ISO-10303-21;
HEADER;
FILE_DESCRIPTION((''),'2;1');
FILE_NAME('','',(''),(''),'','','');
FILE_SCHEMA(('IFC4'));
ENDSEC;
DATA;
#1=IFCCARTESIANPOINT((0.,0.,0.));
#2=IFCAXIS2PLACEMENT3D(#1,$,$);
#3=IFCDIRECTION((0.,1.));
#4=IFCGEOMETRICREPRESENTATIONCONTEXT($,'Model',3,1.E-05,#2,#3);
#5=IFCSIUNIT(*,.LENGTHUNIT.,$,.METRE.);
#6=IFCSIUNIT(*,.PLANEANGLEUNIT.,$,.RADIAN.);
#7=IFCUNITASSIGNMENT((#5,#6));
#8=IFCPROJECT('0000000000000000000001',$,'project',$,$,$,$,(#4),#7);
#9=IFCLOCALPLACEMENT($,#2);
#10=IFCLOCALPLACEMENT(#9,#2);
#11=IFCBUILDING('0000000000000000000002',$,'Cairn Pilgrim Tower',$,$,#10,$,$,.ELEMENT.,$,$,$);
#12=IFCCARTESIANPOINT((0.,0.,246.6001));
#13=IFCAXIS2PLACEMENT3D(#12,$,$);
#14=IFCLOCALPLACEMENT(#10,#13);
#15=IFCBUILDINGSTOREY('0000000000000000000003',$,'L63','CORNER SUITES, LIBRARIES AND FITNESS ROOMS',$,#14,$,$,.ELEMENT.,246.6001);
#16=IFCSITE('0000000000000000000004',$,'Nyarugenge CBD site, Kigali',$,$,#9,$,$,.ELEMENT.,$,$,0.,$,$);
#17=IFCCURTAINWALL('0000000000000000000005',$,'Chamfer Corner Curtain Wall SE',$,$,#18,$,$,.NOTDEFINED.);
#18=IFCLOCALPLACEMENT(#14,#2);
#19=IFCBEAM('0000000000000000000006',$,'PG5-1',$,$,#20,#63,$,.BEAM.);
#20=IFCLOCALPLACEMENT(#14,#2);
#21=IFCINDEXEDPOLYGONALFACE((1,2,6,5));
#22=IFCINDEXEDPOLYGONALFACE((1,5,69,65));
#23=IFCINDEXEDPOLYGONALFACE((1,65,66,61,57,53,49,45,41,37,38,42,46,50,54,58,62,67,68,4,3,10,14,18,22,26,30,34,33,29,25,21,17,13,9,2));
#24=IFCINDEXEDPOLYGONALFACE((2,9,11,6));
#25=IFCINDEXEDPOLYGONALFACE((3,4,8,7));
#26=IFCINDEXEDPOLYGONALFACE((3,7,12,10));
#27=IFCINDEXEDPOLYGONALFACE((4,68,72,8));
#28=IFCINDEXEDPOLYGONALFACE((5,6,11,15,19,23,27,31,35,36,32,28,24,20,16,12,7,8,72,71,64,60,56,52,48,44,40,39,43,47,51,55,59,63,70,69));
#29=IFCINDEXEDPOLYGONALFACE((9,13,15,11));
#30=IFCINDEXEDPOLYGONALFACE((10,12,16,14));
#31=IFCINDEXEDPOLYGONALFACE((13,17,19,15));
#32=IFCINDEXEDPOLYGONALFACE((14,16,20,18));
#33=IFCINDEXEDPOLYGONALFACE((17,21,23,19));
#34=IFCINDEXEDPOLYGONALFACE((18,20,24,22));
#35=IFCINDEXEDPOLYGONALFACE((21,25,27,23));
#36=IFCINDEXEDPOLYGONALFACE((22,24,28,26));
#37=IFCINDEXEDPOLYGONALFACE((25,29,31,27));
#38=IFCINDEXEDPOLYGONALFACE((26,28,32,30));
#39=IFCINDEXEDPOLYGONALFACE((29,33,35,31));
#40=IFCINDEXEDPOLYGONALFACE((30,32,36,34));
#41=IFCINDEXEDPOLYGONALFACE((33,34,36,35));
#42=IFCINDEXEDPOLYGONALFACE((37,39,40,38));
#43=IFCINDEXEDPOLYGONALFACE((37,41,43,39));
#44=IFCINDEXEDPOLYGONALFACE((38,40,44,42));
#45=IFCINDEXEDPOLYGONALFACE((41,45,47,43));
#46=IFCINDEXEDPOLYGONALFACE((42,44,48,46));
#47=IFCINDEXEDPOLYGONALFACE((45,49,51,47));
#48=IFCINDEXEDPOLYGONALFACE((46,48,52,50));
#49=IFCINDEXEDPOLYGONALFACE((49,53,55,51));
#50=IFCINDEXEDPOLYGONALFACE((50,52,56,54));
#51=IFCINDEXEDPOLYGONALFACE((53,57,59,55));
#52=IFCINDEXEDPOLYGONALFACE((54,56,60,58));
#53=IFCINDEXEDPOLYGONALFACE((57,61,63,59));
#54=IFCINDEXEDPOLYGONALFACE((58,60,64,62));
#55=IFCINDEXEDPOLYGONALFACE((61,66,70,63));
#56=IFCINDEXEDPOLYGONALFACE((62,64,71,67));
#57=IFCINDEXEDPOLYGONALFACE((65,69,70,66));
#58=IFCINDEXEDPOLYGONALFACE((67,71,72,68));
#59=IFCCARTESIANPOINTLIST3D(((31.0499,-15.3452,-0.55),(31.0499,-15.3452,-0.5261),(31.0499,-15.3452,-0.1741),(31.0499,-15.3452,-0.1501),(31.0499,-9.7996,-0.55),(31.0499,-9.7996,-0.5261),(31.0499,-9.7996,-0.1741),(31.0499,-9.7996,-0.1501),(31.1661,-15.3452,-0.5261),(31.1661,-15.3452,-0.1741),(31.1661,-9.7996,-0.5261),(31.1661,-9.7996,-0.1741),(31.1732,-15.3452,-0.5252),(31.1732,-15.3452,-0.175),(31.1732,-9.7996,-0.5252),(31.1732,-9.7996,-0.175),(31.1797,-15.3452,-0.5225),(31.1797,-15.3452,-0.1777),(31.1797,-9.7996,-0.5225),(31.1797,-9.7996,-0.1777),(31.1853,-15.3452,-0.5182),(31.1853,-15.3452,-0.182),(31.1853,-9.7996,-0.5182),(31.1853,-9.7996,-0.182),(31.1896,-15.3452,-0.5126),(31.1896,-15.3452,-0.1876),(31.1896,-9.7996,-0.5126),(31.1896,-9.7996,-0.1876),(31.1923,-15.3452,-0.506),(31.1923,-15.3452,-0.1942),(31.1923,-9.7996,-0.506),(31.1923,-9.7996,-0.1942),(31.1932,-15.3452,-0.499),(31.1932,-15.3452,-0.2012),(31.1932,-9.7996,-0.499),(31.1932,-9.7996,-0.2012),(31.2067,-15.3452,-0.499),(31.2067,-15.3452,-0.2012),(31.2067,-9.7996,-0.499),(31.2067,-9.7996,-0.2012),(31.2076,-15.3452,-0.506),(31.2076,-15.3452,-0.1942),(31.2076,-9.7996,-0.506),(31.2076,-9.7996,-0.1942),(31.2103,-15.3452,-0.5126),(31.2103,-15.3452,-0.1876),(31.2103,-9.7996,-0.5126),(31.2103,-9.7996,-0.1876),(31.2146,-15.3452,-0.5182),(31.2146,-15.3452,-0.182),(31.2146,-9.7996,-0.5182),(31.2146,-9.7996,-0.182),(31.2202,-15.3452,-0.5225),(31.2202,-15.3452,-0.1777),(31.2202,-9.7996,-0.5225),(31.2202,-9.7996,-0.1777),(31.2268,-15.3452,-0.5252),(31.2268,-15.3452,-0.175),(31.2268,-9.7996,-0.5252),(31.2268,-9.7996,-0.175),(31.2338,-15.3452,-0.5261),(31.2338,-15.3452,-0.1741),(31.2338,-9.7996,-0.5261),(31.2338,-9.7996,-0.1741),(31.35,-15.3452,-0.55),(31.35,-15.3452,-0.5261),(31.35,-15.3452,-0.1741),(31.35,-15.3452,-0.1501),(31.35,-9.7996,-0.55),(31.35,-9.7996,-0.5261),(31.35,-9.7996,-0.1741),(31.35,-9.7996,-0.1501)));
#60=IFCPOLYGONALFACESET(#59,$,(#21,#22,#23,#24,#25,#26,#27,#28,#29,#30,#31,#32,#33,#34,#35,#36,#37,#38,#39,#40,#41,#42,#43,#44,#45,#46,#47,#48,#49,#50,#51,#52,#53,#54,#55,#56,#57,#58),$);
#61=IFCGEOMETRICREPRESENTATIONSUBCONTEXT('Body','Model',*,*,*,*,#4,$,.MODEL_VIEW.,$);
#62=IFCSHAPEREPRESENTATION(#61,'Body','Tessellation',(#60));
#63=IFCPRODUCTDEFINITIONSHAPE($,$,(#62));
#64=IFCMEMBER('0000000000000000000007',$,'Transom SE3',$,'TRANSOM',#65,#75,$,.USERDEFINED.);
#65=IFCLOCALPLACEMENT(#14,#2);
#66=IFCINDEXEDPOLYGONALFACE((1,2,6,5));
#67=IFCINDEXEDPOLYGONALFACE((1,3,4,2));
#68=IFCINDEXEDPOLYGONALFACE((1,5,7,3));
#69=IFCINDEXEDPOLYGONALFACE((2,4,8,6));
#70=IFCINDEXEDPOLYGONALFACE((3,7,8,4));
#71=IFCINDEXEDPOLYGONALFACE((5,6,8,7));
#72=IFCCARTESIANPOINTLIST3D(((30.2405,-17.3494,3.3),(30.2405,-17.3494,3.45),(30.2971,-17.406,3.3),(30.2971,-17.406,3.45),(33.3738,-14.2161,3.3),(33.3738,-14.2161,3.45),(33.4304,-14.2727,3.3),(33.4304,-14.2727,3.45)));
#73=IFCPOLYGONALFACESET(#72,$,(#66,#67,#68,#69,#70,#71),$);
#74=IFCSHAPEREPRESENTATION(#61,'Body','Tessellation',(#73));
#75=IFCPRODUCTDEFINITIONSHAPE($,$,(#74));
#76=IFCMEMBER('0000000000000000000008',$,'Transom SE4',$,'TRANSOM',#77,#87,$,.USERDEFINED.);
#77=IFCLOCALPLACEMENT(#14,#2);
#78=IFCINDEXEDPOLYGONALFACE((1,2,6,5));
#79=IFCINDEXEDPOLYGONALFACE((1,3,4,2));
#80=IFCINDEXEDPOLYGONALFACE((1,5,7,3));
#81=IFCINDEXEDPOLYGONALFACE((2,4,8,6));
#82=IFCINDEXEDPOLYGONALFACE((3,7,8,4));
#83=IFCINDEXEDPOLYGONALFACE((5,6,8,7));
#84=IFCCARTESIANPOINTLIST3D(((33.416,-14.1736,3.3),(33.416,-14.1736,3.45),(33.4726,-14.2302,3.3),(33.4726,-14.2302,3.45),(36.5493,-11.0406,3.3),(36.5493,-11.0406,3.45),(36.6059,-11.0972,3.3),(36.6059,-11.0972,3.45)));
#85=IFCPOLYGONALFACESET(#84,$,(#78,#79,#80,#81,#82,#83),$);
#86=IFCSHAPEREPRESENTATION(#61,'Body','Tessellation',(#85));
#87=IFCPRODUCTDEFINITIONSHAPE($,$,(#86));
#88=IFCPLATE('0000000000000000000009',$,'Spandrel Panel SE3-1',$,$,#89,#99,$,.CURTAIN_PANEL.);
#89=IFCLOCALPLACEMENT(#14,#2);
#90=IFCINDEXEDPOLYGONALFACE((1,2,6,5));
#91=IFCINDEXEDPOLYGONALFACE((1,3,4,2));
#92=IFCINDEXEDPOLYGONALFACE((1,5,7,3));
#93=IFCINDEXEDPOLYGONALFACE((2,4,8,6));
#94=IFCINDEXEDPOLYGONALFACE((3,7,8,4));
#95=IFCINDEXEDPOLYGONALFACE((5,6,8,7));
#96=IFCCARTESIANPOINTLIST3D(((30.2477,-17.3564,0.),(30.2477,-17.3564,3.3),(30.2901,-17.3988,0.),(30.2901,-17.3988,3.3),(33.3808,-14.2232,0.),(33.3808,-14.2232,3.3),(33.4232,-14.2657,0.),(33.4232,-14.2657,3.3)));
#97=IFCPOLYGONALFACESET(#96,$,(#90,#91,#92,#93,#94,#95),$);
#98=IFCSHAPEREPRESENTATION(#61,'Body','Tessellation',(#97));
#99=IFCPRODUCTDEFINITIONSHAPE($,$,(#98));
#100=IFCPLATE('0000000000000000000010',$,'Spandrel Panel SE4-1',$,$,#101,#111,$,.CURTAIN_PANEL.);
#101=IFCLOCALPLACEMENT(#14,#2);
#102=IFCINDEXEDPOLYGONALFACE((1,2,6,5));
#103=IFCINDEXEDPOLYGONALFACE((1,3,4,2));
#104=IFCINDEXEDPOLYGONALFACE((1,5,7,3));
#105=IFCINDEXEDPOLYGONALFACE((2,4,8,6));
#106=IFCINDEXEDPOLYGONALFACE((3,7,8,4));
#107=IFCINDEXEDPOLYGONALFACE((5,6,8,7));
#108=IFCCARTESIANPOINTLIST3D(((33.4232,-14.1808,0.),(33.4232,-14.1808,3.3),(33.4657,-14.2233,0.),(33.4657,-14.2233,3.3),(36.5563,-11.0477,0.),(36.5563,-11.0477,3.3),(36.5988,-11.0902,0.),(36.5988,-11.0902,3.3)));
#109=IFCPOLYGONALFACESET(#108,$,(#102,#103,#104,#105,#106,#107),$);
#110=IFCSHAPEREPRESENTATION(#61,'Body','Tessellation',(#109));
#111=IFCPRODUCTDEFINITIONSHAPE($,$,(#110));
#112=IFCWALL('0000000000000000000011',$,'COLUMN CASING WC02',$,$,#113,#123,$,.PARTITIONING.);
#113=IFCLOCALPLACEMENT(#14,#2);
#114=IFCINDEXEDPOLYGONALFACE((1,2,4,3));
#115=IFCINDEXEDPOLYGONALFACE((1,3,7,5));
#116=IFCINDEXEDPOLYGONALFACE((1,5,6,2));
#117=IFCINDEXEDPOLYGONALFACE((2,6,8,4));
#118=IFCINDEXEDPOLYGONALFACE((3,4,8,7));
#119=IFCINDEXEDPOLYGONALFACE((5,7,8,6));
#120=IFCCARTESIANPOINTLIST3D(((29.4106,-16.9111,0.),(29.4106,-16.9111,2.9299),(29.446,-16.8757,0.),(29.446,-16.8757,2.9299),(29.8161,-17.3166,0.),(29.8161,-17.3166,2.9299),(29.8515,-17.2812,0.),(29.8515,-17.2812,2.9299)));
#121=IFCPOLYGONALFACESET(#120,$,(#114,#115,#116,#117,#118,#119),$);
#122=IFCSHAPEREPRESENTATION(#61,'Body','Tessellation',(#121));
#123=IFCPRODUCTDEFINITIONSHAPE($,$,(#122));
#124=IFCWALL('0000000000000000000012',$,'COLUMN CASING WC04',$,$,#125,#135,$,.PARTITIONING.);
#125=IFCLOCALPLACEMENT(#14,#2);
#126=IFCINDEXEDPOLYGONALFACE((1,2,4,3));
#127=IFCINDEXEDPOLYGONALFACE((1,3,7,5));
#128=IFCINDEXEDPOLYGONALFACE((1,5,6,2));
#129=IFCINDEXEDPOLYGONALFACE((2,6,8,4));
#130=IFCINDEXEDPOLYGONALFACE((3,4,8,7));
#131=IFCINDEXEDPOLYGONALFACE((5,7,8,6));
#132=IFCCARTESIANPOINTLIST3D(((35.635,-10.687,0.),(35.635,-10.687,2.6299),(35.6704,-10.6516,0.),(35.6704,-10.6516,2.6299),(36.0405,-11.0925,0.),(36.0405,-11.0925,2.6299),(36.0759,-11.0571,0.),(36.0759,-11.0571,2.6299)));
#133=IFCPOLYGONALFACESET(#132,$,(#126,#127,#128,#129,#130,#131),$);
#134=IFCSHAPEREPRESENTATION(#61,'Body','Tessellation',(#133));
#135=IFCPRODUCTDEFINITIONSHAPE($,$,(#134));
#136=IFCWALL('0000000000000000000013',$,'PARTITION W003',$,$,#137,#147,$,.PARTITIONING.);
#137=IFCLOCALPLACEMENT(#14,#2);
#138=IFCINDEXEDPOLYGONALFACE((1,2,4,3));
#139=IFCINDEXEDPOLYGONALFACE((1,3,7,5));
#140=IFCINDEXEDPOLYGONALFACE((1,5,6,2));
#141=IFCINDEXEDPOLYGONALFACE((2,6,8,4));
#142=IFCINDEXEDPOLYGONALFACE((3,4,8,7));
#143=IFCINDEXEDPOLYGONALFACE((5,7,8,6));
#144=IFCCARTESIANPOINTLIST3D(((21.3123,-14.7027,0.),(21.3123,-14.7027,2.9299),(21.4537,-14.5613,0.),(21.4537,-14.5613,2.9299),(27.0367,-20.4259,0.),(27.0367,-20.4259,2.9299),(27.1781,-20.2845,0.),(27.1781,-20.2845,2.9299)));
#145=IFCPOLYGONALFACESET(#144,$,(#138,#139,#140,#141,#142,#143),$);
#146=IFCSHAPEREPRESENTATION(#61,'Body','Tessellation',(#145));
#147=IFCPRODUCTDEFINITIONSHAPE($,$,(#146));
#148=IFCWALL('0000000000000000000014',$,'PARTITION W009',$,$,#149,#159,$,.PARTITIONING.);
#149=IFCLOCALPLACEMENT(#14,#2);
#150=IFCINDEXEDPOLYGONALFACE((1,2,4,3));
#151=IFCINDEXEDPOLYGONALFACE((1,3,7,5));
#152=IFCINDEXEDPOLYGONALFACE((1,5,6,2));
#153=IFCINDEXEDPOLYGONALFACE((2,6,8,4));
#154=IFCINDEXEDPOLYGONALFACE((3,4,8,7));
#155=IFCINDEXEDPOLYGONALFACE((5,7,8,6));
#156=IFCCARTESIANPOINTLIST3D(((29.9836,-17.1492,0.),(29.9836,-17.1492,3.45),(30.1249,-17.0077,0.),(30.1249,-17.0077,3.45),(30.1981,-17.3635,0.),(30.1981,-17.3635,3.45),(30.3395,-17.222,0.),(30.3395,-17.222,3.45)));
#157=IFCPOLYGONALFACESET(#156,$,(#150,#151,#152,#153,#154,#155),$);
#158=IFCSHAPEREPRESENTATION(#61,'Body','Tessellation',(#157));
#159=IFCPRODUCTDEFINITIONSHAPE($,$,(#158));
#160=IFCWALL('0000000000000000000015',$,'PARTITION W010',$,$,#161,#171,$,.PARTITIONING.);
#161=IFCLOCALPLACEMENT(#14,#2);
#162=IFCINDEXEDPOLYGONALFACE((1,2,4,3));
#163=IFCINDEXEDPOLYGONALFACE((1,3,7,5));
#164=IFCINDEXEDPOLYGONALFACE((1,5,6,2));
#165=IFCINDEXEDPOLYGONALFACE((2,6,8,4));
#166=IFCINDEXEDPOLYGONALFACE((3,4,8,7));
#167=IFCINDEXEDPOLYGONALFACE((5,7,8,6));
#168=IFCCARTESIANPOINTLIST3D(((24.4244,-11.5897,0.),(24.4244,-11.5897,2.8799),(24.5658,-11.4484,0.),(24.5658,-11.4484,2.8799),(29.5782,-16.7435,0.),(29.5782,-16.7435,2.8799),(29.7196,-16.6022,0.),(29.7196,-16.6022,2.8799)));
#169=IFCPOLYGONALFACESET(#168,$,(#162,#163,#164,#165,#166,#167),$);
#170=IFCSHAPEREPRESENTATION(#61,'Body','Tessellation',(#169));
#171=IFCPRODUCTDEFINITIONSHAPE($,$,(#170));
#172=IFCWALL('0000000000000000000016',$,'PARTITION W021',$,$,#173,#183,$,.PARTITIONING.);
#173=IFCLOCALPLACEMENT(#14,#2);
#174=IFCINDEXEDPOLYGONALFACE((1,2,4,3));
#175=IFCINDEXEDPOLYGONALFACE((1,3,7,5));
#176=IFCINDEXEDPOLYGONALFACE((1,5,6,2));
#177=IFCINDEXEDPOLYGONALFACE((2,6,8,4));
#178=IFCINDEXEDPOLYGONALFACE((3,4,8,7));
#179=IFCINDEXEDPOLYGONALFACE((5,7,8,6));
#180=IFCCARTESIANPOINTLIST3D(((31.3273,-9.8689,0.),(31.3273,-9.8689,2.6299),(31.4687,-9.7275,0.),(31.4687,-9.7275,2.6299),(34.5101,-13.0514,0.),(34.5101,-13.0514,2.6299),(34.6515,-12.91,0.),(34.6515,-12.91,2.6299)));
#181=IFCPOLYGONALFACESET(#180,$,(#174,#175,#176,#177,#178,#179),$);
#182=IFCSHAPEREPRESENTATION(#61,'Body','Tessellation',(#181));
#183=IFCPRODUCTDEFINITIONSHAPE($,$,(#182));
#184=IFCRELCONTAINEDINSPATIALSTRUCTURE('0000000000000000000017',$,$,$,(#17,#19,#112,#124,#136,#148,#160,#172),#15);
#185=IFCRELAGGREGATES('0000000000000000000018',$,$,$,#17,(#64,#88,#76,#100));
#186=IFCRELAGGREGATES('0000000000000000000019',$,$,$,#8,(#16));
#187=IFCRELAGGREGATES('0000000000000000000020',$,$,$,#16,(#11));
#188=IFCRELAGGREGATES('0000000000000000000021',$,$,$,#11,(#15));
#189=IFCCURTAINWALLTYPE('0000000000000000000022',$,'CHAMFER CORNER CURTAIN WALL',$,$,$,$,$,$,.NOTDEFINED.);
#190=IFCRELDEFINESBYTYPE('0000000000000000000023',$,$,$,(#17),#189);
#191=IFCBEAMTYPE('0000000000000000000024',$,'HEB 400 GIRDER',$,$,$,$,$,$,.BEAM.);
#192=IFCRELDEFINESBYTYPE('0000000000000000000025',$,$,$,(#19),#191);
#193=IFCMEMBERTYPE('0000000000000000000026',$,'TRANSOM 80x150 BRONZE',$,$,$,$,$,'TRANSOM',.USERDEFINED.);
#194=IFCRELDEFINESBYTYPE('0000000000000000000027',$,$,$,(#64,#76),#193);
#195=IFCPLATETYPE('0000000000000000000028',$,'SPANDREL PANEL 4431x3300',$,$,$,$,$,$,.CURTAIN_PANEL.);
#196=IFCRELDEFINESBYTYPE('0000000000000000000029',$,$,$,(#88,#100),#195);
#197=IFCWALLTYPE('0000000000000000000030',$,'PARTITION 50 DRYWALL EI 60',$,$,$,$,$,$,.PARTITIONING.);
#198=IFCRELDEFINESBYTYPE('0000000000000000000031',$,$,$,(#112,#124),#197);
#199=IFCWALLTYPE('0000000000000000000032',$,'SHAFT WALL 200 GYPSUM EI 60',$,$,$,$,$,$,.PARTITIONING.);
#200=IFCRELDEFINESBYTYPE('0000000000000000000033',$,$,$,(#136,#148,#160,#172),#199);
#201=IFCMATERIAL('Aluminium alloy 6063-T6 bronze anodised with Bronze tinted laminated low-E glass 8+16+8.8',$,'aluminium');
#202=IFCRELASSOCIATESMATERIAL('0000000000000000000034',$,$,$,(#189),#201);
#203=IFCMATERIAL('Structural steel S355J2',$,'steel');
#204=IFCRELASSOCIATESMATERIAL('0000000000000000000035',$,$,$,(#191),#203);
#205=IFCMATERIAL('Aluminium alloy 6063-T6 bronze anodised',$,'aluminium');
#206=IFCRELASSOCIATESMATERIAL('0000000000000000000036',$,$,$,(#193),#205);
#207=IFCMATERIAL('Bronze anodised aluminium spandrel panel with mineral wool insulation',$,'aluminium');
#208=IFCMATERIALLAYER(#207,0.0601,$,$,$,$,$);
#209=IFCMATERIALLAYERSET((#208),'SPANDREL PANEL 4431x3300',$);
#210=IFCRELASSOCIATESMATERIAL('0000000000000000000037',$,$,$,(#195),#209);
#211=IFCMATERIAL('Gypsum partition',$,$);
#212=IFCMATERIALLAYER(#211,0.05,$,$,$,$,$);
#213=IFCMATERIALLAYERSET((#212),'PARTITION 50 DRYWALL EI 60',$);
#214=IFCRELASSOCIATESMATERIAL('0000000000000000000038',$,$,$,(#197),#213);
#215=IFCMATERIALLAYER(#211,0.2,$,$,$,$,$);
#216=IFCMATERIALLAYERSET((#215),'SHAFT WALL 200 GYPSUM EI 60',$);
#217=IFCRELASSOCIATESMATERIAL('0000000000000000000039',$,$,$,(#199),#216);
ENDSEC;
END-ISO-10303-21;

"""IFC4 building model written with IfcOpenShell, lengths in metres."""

from ifc_helpers import new_model, si_unit, direction, frame, frame_2d, origin, origin_2d, place, context, subcontext, project, spatial, rectangle, i_section, extrude, material, layer, layer_set, material_profile, profile_set, type_object, element, aggregate, save


model = new_model("IFC4")

# Units and contexts
model_context = context("Model", 3, precision=1e-05, world=origin(), true_north=direction((0.0, 1.0)))
body_context = subcontext(model_context, "Body", "Model", "MODEL_VIEW")
ifc_project = project(units=[si_unit("LENGTHUNIT", "METRE"), si_unit("PLANEANGLEUNIT", "RADIAN")], contexts=[model_context])

# Site, building, storey
site_placement = place(None, origin())
site = spatial("IfcSite", under=ifc_project, at=site_placement, Name="Nyarugenge CBD site, Kigali", CompositionType="ELEMENT", RefElevation=0.0)
building_placement = place(site_placement, origin())
building = spatial("IfcBuilding", under=site, at=building_placement, Name="Cairn Pilgrim Tower", CompositionType="ELEMENT")
storey_placement = place(building_placement, frame((0.0, 0.0, 246.6001)))
storey = spatial("IfcBuildingStorey", under=building, at=storey_placement, Name="L63", Description="CORNER SUITES, LIBRARIES AND FITNESS ROOMS", CompositionType="ELEMENT", Elevation=246.6001)

# Shared definitions
ifc_material_1 = material(Name="Structural steel S355J2", Category="steel")

# Curtain wall
ifc_material_2 = material(Name="Aluminium alloy 6063-T6 bronze anodised with Bronze tinted laminated low-E glass 8+16+8.8", Category="aluminium")
curtain_wall_type = type_object("IfcCurtainWallType", Name="CHAMFER CORNER CURTAIN WALL", PredefinedType="NOTDEFINED", material=ifc_material_2)
curtain_wall_placement = place(storey_placement, origin())
curtain_wall = element("IfcCurtainWall", 1, at=curtain_wall_placement, inside=storey, type_object=curtain_wall_type, Name="Chamfer Corner Curtain Wall SE", PredefinedType="NOTDEFINED")
ifc_material_3 = material(Name="Aluminium alloy 6063-T6 bronze anodised", Category="aluminium")

# Beam
ifc_material_profile_1 = material_profile(ifc_material_1, i_section(OverallWidth=0.3, OverallDepth=0.3999, WebThickness=0.0134, FlangeThickness=0.0239, FilletRadius=0.0271, at=origin_2d()), Name="HEB 400")
ifc_profile_set_1 = profile_set([ifc_material_profile_1], Name="Structural steel S355J2")
beam_type_1 = type_object("IfcBeamType", Name="HEB 400 GIRDER", PredefinedType="BEAM", material=ifc_profile_set_1)
beam_placement = place(storey_placement, frame((31.2, -15.3452, -0.3501), z_axis=(0.0, 1.0, 0.0), x_axis=(-1.0, 0.0, 0.0)))
element("IfcBeam", 2, at=beam_placement, inside=storey, type_object=beam_type_1, Name="PG5-1", PredefinedType="BEAM", context=body_context, shape_type="SweptSolid", body=[
    extrude(i_section(OverallWidth=0.3, OverallDepth=0.3999, WebThickness=0.0134, FlangeThickness=0.0239, FilletRadius=0.0271, at=origin_2d()), origin(), (0.0, 0.0, 1.0), 5.5457),
])

# Members
ifc_material_profile_2 = material_profile(ifc_material_3, rectangle(XDim=0.0801, YDim=0.1499, at=origin_2d()), Name="TRANSOM 80x150 BRONZE")
ifc_profile_set_2 = profile_set([ifc_material_profile_2], Name="Aluminium alloy 6063-T6 bronze anodised")
member_type_1 = type_object("IfcMemberType", Name="TRANSOM 80x150 BRONZE", ElementType="TRANSOM", PredefinedType="USERDEFINED", material=ifc_profile_set_2)
member_1_placement = place(storey_placement, frame((30.2688, -17.3777, 3.375), z_axis=(0.707107, 0.707107, 0.0), x_axis=(-0.707107, 0.707107, 0.0)))
member_1 = element("IfcMember", 3, at=member_1_placement, type_object=member_type_1, Name="Transom SE3", ObjectType="TRANSOM", PredefinedType="USERDEFINED", context=body_context, shape_type="SweptSolid", body=[
    extrude(rectangle(XDim=0.0801, YDim=0.1499, at=origin_2d()), origin(), (0.0, 0.0, 1.0), 4.4312),
])
member_2_placement = place(storey_placement, frame((33.4443, -14.2019, 3.375), z_axis=(0.707134, 0.707079, 0.0), x_axis=(-0.707079, 0.707134, 0.0)))
member_2 = element("IfcMember", 4, at=member_2_placement, type_object=member_type_1, Name="Transom SE4", ObjectType="TRANSOM", PredefinedType="USERDEFINED", context=body_context, shape_type="SweptSolid", body=[
    extrude(rectangle(XDim=0.0801, YDim=0.1499, at=origin_2d()), origin(), (0.0, 0.0, 1.0), 4.4309),
])

# Plates
ifc_material_4 = material(Name="Bronze anodised aluminium spandrel panel with mineral wool insulation", Category="aluminium")
ifc_layer_1 = layer(ifc_material_4, 0.0601)
ifc_layer_set_1 = layer_set([ifc_layer_1], Name="SPANDREL PANEL 4431x3300")
plate_type = type_object("IfcPlateType", Name="SPANDREL PANEL 4431x3300", PredefinedType="CURTAIN_PANEL", material=ifc_layer_set_1)
plate_1_placement = place(storey_placement, frame((31.8354, -15.811, 0.0), z_axis=(0.0, 0.0, 1.0), x_axis=(0.707107, 0.707107, 0.0)))
plate_1 = element("IfcPlate", 5, at=plate_1_placement, type_object=plate_type, Name="Spandrel Panel SE3-1", PredefinedType="CURTAIN_PANEL", context=body_context, shape_type="SweptSolid", body=[
    extrude(rectangle(XDim=4.4309, YDim=0.0601, at=origin_2d()), origin(), (0.0, 0.0, 1.0), 3.3),
])
plate_2_placement = place(storey_placement, frame((35.011, -12.6355, 0.0), z_axis=(0.0, 0.0, 1.0), x_axis=(0.707107, 0.707107, 0.0)))
plate_2 = element("IfcPlate", 6, at=plate_2_placement, type_object=plate_type, Name="Spandrel Panel SE4-1", PredefinedType="CURTAIN_PANEL", context=body_context, shape_type="SweptSolid", body=[
    extrude(rectangle(XDim=4.4309, YDim=0.0601, at=origin_2d()), origin(), (0.0, 0.0, 1.0), 3.3),
])
aggregate(curtain_wall, [member_1, plate_1, member_2, plate_2])

# Walls
ifc_material_5 = material(Name="Gypsum partition")
ifc_layer_2 = layer(ifc_material_5, 0.05)
ifc_layer_set_2 = layer_set([ifc_layer_2], Name="PARTITION 50 DRYWALL EI 60")
wall_type_1 = type_object("IfcWallType", Name="PARTITION 50 DRYWALL EI 60", PredefinedType="PARTITIONING", material=ifc_layer_set_2)
wall_1_placement = place(storey_placement, frame((29.8337, -17.2988, 0.0), z_axis=(0.0, 0.0, 1.0), x_axis=(-0.707107, 0.707107, 0.0)))
element("IfcWall", 7, at=wall_1_placement, inside=storey, type_object=wall_type_1, Name="COLUMN CASING WC02", PredefinedType="PARTITIONING", context=body_context, shape_type="SweptSolid", body=[
    extrude(rectangle(XDim=0.5735, YDim=0.05, at=frame_2d((0.2866, 0.0))), origin(), (0.0, 0.0, 1.0), 2.9299),
])
wall_2_placement = place(storey_placement, frame((36.0581, -11.0747, 0.0), z_axis=(0.0, 0.0, 1.0), x_axis=(-0.707107, 0.707107, 0.0)))
element("IfcWall", 8, at=wall_2_placement, inside=storey, type_object=wall_type_1, Name="COLUMN CASING WC04", PredefinedType="PARTITIONING", context=body_context, shape_type="SweptSolid", body=[
    extrude(rectangle(XDim=0.5735, YDim=0.05, at=frame_2d((0.2866, 0.0))), origin(), (0.0, 0.0, 1.0), 2.6299),
])
ifc_layer_3 = layer(ifc_material_5, 0.2)
ifc_layer_set_3 = layer_set([ifc_layer_3], Name="SHAFT WALL 200 GYPSUM EI 60")
wall_type_2 = type_object("IfcWallType", Name="SHAFT WALL 200 GYPSUM EI 60", PredefinedType="PARTITIONING", material=ifc_layer_set_3)
wall_3_placement = place(storey_placement, frame((27.1074, -20.3552, 0.0), z_axis=(0.0, 0.0, 1.0), x_axis=(-0.707182, 0.707031, 0.0)))
element("IfcWall", 9, at=wall_3_placement, inside=storey, type_object=wall_type_2, Name="PARTITION W003", PredefinedType="PARTITIONING", context=body_context, shape_type="SweptSolid", body=[
    extrude(rectangle(XDim=8.0947, YDim=0.2, at=frame_2d((4.0474, 0.0))), origin(), (0.0, 0.0, 1.0), 2.9299),
])
wall_4_placement = place(storey_placement, frame((30.2688, -17.2927, 0.0), z_axis=(0.0, 0.0, 1.0), x_axis=(-0.707509, 0.706704, 0.0)))
element("IfcWall", 10, at=wall_4_placement, inside=storey, type_object=wall_type_2, Name="PARTITION W009", PredefinedType="PARTITIONING", context=body_context, shape_type="SweptSolid", body=[
    extrude(rectangle(XDim=0.3032, YDim=0.2, at=frame_2d((0.1516, 0.0))), origin(), (0.0, 0.0, 1.0), 3.45),
])
wall_5_placement = place(storey_placement, frame((29.6489, -16.6729, 0.0), z_axis=(0.0, 0.0, 1.0), x_axis=(-0.707107, 0.707107, 0.0)))
element("IfcWall", 11, at=wall_5_placement, inside=storey, type_object=wall_type_2, Name="PARTITION W010", PredefinedType="PARTITIONING", context=body_context, shape_type="SweptSolid", body=[
    extrude(rectangle(XDim=7.2886, YDim=0.2, at=frame_2d((3.6443, 0.0))), origin(), (0.0, 0.0, 1.0), 2.8799),
])
wall_6_placement = place(storey_placement, frame((34.5808, -12.9807, 0.0), z_axis=(0.0, 0.0, 1.0), x_axis=(-0.707134, 0.70708, 0.0)))
element("IfcWall", 12, at=wall_6_placement, inside=storey, type_object=wall_type_2, Name="PARTITION W021", PredefinedType="PARTITIONING", context=body_context, shape_type="SweptSolid", body=[
    extrude(rectangle(XDim=4.501, YDim=0.2, at=frame_2d((2.2505, 0.0))), origin(), (0.0, 0.0, 1.0), 2.6299),
])

save(model, "model.ifc")
